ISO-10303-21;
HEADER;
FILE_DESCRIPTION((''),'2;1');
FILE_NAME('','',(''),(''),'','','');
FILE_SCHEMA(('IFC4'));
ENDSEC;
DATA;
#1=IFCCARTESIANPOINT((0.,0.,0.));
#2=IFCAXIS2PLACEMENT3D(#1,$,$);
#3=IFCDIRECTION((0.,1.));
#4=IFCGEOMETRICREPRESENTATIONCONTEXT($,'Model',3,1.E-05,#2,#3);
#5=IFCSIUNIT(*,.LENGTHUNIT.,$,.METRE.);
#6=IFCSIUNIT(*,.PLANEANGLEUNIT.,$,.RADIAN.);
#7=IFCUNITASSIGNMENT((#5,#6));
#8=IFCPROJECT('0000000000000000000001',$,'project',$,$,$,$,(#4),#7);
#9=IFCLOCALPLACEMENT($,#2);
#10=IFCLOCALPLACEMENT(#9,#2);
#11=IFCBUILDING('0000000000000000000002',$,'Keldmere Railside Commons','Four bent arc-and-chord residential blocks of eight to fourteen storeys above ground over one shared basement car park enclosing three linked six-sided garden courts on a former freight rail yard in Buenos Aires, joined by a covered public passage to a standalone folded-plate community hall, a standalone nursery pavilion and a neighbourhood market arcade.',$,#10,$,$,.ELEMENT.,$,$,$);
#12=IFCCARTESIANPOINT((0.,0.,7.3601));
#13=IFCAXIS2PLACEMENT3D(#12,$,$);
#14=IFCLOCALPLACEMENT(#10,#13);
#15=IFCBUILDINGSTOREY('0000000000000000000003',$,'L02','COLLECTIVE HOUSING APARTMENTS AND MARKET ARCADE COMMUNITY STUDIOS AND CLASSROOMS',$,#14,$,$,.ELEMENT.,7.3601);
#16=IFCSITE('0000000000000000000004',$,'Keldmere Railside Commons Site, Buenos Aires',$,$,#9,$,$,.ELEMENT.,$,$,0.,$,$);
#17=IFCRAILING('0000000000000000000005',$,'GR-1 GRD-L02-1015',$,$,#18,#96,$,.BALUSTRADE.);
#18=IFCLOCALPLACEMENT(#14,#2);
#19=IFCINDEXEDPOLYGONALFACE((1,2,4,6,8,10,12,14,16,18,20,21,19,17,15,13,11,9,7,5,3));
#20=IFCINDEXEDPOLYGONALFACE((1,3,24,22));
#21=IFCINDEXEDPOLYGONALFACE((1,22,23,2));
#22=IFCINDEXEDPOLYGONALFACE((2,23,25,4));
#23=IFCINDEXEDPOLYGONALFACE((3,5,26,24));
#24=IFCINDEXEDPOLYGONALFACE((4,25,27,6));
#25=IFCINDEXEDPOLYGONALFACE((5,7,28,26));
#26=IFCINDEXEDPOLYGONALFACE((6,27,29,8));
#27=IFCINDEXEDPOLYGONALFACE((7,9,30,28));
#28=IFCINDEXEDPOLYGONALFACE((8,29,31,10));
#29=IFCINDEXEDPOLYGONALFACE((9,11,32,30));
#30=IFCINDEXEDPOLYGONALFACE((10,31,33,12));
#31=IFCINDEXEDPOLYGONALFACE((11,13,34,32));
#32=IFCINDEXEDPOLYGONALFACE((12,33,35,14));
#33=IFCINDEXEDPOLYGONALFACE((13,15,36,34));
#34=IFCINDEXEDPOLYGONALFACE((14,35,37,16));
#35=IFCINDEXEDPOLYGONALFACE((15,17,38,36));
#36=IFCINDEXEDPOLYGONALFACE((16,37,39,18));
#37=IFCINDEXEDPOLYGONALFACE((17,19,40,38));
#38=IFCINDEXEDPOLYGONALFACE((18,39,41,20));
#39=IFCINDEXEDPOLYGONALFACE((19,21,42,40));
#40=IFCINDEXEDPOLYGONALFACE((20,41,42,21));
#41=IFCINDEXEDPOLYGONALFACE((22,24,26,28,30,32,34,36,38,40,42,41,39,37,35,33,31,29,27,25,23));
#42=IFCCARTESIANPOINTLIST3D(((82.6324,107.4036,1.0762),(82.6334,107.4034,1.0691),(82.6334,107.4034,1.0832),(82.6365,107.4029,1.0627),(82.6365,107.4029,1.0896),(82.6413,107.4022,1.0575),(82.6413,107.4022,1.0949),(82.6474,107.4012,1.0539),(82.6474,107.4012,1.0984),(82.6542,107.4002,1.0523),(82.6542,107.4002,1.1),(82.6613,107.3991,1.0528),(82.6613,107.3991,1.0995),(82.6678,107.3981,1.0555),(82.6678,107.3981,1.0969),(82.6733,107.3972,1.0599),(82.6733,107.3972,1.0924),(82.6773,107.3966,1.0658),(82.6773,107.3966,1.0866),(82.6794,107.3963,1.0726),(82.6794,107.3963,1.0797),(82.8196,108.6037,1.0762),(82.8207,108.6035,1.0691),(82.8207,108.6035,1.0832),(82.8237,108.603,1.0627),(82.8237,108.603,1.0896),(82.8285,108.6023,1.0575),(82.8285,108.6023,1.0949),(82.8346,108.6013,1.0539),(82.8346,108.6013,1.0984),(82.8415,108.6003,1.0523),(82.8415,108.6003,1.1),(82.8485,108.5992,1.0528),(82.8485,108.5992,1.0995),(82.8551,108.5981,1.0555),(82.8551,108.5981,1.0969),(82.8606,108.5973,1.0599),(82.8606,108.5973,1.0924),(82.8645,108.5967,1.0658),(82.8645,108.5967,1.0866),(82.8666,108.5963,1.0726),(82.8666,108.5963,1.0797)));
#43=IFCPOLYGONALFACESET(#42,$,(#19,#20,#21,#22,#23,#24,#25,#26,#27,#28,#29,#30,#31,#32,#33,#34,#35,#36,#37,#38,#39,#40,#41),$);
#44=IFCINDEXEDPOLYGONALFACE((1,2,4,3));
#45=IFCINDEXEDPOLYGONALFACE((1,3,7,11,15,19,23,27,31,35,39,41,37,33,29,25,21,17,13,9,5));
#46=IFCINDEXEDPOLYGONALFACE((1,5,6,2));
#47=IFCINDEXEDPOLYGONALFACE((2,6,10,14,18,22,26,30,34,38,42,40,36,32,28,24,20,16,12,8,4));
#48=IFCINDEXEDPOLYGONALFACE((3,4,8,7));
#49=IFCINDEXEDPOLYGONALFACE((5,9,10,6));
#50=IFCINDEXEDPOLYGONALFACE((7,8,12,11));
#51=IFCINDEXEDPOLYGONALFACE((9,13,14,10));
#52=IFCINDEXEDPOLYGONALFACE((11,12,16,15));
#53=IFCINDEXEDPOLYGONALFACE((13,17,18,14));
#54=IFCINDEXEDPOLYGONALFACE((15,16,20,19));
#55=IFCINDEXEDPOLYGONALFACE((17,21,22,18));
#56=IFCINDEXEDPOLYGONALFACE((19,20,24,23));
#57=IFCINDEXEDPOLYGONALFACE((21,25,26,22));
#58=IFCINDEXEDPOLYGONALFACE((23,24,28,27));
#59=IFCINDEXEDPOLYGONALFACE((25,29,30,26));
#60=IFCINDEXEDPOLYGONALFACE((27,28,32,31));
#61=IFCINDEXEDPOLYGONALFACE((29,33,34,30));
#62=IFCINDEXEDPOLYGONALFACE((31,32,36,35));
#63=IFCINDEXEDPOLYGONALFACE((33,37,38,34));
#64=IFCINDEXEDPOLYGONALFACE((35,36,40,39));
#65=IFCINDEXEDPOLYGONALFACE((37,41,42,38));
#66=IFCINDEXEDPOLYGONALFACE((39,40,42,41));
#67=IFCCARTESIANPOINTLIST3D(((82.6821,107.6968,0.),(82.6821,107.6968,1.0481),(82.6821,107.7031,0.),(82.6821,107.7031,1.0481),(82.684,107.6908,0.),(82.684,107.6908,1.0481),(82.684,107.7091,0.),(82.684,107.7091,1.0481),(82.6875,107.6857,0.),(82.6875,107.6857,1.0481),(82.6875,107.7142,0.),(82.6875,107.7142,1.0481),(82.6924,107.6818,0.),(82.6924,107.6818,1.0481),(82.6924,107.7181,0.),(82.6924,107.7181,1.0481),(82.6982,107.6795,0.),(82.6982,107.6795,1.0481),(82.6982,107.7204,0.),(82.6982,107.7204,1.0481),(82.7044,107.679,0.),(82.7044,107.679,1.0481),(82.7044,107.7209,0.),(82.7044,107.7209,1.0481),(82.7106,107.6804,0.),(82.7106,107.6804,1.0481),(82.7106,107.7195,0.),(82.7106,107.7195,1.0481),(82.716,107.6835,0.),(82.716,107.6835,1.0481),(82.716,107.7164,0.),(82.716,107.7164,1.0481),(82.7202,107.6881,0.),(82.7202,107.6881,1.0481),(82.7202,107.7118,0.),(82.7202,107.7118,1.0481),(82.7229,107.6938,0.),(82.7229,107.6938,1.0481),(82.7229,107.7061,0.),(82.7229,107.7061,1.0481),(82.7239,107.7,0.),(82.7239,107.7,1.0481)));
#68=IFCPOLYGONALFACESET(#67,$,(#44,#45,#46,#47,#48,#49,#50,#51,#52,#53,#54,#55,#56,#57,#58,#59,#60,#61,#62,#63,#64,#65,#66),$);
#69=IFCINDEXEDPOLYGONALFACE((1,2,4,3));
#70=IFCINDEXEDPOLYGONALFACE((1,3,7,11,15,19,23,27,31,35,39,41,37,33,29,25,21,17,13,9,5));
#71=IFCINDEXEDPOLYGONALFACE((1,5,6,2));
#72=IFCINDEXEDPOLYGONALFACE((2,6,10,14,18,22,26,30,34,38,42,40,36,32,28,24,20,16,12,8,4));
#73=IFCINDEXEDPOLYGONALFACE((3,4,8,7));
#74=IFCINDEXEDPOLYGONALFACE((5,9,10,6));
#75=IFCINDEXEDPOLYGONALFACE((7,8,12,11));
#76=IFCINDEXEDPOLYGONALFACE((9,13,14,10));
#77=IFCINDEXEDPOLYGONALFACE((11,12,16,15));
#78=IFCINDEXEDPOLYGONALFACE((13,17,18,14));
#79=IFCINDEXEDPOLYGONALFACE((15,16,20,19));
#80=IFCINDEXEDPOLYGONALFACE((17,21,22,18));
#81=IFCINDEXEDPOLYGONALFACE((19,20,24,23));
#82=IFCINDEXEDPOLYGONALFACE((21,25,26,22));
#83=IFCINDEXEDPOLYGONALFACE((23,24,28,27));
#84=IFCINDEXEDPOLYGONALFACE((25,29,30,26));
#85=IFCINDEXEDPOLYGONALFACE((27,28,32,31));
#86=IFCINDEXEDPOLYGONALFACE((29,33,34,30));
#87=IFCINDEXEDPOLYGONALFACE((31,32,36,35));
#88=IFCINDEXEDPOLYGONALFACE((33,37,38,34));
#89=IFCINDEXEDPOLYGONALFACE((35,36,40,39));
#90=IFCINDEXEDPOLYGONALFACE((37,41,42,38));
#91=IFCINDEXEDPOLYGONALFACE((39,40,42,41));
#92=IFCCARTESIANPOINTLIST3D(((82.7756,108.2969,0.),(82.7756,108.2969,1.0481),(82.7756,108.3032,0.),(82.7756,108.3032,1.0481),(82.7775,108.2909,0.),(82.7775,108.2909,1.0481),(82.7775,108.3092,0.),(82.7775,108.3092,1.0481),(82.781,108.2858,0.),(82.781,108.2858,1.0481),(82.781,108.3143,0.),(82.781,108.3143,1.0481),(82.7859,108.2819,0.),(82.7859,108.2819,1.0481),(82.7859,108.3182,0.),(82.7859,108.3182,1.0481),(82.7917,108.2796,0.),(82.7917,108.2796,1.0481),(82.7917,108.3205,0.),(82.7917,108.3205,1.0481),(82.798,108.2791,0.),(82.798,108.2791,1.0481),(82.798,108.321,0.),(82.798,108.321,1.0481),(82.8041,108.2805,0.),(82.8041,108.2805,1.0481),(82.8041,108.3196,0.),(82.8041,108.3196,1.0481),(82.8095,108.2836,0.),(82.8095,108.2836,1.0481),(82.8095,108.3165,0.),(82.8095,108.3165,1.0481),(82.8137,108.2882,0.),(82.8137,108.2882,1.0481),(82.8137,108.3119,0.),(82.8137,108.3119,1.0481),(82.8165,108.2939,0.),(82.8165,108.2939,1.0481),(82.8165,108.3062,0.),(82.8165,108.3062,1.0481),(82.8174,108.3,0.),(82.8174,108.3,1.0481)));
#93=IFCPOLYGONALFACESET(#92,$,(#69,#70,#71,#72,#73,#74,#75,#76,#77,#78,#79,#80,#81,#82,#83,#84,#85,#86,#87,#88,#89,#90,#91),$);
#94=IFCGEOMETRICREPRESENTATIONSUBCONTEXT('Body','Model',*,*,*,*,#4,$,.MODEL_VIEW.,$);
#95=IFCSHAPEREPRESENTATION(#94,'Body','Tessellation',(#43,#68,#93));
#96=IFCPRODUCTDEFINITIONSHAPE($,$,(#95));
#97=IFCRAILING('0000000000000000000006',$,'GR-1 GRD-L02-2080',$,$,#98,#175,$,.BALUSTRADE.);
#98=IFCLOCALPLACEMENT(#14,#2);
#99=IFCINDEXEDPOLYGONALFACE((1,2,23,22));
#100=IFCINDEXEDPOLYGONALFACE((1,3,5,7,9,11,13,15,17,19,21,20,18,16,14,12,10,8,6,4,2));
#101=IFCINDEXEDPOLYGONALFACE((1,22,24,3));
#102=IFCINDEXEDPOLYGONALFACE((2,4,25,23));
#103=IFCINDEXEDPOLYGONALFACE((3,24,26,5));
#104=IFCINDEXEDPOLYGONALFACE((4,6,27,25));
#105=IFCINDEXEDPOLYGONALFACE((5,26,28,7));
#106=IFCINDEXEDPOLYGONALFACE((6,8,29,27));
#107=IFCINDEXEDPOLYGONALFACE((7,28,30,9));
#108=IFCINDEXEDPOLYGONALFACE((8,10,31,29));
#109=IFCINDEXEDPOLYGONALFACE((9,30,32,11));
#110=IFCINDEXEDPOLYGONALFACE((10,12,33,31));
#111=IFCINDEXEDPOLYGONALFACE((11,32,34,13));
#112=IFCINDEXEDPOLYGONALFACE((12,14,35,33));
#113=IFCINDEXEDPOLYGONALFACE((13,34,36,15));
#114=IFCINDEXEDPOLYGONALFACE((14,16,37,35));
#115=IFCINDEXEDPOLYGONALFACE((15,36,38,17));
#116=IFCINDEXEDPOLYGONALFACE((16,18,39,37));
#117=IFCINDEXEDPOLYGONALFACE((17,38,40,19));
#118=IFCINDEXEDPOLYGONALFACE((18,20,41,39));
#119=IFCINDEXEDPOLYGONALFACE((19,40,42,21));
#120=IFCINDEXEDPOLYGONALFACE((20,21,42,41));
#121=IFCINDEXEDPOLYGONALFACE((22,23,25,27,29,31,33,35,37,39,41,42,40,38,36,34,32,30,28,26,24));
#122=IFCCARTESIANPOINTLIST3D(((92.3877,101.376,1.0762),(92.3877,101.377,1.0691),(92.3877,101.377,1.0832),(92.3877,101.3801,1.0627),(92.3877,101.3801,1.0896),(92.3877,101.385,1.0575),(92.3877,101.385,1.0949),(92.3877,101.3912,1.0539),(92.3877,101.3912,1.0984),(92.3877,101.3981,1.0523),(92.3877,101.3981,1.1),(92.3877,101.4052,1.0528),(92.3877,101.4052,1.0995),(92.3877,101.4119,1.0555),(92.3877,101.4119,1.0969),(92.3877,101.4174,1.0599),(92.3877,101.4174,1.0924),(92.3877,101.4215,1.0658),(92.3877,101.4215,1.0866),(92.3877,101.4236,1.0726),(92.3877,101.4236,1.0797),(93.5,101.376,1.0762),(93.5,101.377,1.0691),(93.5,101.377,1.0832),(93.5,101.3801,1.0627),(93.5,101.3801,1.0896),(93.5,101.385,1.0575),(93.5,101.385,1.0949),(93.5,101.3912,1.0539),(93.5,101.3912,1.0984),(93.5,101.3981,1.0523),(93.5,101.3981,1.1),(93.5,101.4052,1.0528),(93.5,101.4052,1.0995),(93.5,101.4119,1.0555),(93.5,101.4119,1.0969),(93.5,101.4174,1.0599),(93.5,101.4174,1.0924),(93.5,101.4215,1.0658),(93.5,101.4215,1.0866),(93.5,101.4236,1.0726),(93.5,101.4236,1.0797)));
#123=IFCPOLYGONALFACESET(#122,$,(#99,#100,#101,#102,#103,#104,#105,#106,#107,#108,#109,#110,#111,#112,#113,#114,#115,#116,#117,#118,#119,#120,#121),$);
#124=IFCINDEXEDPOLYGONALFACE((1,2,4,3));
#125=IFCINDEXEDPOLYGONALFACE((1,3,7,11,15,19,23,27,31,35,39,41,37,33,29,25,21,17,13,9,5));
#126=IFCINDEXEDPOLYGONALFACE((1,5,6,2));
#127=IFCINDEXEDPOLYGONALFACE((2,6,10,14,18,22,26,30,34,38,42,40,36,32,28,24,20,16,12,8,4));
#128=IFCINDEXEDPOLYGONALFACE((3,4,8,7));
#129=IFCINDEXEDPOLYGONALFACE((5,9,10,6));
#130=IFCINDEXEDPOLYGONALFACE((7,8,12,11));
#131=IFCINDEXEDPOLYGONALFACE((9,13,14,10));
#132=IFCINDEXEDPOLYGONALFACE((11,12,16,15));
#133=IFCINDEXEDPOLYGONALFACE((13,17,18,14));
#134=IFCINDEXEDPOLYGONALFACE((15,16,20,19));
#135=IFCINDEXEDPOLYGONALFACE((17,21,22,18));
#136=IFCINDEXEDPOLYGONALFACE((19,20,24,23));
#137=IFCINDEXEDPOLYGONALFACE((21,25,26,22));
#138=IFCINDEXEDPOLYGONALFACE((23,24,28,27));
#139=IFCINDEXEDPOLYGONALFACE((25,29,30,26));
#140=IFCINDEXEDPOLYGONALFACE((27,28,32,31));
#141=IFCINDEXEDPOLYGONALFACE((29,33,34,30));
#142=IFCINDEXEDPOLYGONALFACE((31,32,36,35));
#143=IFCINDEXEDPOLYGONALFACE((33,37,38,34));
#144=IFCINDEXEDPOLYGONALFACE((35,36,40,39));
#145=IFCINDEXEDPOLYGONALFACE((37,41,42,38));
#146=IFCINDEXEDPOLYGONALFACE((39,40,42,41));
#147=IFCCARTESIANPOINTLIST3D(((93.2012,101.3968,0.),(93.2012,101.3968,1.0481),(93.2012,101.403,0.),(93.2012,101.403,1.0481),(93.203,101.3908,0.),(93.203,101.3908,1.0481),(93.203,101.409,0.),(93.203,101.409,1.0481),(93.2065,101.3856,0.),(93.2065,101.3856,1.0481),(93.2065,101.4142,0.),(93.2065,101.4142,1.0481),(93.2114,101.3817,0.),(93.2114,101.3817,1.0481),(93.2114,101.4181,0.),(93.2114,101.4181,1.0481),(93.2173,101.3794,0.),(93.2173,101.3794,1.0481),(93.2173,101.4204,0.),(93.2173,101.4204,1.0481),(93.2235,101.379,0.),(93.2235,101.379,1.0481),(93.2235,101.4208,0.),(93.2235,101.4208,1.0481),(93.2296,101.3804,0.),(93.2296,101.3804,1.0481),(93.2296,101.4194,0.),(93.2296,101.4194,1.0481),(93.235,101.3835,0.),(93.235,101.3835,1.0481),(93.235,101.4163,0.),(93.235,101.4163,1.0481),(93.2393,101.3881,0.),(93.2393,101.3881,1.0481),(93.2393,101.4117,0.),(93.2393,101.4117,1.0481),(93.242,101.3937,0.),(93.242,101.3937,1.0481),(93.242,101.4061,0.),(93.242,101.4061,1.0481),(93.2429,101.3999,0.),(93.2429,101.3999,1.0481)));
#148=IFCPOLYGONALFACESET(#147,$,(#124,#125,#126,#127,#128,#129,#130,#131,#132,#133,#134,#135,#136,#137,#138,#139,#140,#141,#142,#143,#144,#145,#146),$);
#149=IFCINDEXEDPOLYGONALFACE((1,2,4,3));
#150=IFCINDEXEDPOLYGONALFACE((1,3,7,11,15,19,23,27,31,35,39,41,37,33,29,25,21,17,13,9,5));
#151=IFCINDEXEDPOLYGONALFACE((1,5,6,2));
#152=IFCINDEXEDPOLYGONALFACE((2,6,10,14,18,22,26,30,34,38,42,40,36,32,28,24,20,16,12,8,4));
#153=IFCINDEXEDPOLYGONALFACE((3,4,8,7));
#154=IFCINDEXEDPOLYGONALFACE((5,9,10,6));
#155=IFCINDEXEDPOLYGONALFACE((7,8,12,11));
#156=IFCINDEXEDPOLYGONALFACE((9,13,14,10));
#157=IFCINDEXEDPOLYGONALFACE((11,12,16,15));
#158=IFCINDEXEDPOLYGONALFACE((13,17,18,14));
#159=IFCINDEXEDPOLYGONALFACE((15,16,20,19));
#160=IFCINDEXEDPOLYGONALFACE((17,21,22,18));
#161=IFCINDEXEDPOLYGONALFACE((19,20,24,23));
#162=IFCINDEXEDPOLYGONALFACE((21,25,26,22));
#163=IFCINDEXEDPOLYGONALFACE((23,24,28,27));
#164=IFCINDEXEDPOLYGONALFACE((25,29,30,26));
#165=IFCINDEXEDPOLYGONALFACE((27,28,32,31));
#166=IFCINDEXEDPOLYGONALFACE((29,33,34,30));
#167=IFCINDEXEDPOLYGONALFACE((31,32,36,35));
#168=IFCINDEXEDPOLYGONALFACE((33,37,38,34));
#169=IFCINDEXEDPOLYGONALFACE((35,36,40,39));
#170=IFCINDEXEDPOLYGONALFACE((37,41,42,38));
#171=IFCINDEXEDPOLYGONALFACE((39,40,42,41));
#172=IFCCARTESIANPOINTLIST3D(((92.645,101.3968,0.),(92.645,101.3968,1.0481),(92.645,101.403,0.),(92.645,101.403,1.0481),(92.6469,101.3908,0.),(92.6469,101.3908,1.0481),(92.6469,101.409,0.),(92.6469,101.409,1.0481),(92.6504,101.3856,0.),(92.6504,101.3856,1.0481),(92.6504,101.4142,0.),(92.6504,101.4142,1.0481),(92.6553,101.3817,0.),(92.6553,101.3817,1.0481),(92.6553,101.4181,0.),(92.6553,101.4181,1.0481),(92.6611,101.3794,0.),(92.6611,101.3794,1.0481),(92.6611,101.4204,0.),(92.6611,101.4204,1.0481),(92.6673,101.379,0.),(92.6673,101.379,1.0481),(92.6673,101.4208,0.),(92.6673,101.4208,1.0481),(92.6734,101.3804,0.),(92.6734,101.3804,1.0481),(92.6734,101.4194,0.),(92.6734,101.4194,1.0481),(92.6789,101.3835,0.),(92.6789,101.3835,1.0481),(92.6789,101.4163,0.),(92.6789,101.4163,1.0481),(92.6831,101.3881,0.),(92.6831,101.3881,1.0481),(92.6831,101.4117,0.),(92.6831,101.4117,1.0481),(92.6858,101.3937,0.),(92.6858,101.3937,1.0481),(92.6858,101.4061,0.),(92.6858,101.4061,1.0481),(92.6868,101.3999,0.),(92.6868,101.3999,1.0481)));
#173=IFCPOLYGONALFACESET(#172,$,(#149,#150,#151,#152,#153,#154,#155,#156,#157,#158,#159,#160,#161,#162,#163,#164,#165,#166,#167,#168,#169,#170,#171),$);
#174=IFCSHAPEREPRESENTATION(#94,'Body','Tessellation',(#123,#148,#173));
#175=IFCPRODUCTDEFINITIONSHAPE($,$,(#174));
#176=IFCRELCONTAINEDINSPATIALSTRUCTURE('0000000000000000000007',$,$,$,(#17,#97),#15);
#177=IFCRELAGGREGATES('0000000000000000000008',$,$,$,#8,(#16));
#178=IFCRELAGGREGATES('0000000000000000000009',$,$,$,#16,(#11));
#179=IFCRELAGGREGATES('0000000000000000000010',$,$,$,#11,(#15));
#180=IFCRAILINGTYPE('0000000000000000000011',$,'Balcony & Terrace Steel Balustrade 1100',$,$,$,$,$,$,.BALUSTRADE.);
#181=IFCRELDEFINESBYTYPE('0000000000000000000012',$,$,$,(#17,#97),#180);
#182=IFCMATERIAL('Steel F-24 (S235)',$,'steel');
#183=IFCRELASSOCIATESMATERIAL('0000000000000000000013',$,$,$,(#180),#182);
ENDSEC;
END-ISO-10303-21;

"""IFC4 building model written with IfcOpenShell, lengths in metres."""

from ifc_helpers import new_model, si_unit, direction, frame, origin, origin_2d, place, context, subcontext, project, spatial, circle, extrude, material, type_object, element, save


model = new_model("IFC4")

# Units and contexts
model_context = context("Model", 3, precision=1e-05, world=origin(), true_north=direction((0.0, 1.0)))
body_context = subcontext(model_context, "Body", "Model", "MODEL_VIEW")
ifc_project = project(units=[si_unit("LENGTHUNIT", "METRE"), si_unit("PLANEANGLEUNIT", "RADIAN")], contexts=[model_context])

# Site, building, storey
site_placement = place(None, origin())
site = spatial("IfcSite", under=ifc_project, at=site_placement, Name="Keldmere Railside Commons Site, Buenos Aires", CompositionType="ELEMENT", RefElevation=0.0)
building_placement = place(site_placement, origin())
building = spatial("IfcBuilding", under=site, at=building_placement, Name="Keldmere Railside Commons", Description="Four bent arc-and-chord residential blocks of eight to fourteen storeys above ground over one shared basement car park enclosing three linked six-sided garden courts on a former freight rail yard in Buenos Aires, joined by a covered public passage to a standalone folded-plate community hall, a standalone nursery pavilion and a neighbourhood market arcade.", CompositionType="ELEMENT")
storey_placement = place(building_placement, frame((0.0, 0.0, 7.3601)))
storey = spatial("IfcBuildingStorey", under=building, at=storey_placement, Name="L02", Description="COLLECTIVE HOUSING APARTMENTS AND MARKET ARCADE COMMUNITY STUDIOS AND CLASSROOMS", CompositionType="ELEMENT", Elevation=7.3601)

# Railings
ifc_material_1 = material(Name="Steel F-24 (S235)", Category="steel")
railing_type = type_object("IfcRailingType", Name="Balcony & Terrace Steel Balustrade 1100", PredefinedType="BALUSTRADE", material=ifc_material_1)
railing_1_placement = place(storey_placement, frame((82.656, 107.3999, 0.0)))
element("IfcRailing", 1, at=railing_1_placement, inside=storey, type_object=railing_type, Name="GR-1 GRD-L02-1015", PredefinedType="BALUSTRADE", context=body_context, shape_type="SweptSolid", body=[
    extrude(circle(Radius=0.0239, at=origin_2d()), frame((0.0, 0.0, 1.0762), z_axis=(0.154156, 0.988046, 0.0), x_axis=(-0.988046, 0.154156, 0.0)), (0.0, 0.0, 1.0), 1.2146),
    extrude(circle(Radius=0.021, at=origin_2d()), frame((0.0469, 0.3, 0.0)), (0.0, 0.0, 1.0), 1.0481),
    extrude(circle(Radius=0.021, at=origin_2d()), frame((0.1404, 0.9001, 0.0)), (0.0, 0.0, 1.0), 1.0481),
])
railing_2_placement = place(storey_placement, frame((93.5, 101.3999, 0.0)))
element("IfcRailing", 2, at=railing_2_placement, inside=storey, type_object=railing_type, Name="GR-1 GRD-L02-2080", PredefinedType="BALUSTRADE", context=body_context, shape_type="SweptSolid", body=[
    extrude(circle(Radius=0.0239, at=origin_2d()), frame((0.0, 0.0, 1.0762), z_axis=(-1.0, 0.0, 0.0), x_axis=(0.0, -1.0, 0.0)), (0.0, 0.0, 1.0), 1.1123),
    extrude(circle(Radius=0.021, at=origin_2d()), frame((-0.2781, 0.0, 0.0)), (0.0, 0.0, 1.0), 1.0481),
    extrude(circle(Radius=0.021, at=origin_2d()), frame((-0.8342, 0.0, 0.0)), (0.0, 0.0, 1.0), 1.0481),
])

save(model, "model.ifc")
